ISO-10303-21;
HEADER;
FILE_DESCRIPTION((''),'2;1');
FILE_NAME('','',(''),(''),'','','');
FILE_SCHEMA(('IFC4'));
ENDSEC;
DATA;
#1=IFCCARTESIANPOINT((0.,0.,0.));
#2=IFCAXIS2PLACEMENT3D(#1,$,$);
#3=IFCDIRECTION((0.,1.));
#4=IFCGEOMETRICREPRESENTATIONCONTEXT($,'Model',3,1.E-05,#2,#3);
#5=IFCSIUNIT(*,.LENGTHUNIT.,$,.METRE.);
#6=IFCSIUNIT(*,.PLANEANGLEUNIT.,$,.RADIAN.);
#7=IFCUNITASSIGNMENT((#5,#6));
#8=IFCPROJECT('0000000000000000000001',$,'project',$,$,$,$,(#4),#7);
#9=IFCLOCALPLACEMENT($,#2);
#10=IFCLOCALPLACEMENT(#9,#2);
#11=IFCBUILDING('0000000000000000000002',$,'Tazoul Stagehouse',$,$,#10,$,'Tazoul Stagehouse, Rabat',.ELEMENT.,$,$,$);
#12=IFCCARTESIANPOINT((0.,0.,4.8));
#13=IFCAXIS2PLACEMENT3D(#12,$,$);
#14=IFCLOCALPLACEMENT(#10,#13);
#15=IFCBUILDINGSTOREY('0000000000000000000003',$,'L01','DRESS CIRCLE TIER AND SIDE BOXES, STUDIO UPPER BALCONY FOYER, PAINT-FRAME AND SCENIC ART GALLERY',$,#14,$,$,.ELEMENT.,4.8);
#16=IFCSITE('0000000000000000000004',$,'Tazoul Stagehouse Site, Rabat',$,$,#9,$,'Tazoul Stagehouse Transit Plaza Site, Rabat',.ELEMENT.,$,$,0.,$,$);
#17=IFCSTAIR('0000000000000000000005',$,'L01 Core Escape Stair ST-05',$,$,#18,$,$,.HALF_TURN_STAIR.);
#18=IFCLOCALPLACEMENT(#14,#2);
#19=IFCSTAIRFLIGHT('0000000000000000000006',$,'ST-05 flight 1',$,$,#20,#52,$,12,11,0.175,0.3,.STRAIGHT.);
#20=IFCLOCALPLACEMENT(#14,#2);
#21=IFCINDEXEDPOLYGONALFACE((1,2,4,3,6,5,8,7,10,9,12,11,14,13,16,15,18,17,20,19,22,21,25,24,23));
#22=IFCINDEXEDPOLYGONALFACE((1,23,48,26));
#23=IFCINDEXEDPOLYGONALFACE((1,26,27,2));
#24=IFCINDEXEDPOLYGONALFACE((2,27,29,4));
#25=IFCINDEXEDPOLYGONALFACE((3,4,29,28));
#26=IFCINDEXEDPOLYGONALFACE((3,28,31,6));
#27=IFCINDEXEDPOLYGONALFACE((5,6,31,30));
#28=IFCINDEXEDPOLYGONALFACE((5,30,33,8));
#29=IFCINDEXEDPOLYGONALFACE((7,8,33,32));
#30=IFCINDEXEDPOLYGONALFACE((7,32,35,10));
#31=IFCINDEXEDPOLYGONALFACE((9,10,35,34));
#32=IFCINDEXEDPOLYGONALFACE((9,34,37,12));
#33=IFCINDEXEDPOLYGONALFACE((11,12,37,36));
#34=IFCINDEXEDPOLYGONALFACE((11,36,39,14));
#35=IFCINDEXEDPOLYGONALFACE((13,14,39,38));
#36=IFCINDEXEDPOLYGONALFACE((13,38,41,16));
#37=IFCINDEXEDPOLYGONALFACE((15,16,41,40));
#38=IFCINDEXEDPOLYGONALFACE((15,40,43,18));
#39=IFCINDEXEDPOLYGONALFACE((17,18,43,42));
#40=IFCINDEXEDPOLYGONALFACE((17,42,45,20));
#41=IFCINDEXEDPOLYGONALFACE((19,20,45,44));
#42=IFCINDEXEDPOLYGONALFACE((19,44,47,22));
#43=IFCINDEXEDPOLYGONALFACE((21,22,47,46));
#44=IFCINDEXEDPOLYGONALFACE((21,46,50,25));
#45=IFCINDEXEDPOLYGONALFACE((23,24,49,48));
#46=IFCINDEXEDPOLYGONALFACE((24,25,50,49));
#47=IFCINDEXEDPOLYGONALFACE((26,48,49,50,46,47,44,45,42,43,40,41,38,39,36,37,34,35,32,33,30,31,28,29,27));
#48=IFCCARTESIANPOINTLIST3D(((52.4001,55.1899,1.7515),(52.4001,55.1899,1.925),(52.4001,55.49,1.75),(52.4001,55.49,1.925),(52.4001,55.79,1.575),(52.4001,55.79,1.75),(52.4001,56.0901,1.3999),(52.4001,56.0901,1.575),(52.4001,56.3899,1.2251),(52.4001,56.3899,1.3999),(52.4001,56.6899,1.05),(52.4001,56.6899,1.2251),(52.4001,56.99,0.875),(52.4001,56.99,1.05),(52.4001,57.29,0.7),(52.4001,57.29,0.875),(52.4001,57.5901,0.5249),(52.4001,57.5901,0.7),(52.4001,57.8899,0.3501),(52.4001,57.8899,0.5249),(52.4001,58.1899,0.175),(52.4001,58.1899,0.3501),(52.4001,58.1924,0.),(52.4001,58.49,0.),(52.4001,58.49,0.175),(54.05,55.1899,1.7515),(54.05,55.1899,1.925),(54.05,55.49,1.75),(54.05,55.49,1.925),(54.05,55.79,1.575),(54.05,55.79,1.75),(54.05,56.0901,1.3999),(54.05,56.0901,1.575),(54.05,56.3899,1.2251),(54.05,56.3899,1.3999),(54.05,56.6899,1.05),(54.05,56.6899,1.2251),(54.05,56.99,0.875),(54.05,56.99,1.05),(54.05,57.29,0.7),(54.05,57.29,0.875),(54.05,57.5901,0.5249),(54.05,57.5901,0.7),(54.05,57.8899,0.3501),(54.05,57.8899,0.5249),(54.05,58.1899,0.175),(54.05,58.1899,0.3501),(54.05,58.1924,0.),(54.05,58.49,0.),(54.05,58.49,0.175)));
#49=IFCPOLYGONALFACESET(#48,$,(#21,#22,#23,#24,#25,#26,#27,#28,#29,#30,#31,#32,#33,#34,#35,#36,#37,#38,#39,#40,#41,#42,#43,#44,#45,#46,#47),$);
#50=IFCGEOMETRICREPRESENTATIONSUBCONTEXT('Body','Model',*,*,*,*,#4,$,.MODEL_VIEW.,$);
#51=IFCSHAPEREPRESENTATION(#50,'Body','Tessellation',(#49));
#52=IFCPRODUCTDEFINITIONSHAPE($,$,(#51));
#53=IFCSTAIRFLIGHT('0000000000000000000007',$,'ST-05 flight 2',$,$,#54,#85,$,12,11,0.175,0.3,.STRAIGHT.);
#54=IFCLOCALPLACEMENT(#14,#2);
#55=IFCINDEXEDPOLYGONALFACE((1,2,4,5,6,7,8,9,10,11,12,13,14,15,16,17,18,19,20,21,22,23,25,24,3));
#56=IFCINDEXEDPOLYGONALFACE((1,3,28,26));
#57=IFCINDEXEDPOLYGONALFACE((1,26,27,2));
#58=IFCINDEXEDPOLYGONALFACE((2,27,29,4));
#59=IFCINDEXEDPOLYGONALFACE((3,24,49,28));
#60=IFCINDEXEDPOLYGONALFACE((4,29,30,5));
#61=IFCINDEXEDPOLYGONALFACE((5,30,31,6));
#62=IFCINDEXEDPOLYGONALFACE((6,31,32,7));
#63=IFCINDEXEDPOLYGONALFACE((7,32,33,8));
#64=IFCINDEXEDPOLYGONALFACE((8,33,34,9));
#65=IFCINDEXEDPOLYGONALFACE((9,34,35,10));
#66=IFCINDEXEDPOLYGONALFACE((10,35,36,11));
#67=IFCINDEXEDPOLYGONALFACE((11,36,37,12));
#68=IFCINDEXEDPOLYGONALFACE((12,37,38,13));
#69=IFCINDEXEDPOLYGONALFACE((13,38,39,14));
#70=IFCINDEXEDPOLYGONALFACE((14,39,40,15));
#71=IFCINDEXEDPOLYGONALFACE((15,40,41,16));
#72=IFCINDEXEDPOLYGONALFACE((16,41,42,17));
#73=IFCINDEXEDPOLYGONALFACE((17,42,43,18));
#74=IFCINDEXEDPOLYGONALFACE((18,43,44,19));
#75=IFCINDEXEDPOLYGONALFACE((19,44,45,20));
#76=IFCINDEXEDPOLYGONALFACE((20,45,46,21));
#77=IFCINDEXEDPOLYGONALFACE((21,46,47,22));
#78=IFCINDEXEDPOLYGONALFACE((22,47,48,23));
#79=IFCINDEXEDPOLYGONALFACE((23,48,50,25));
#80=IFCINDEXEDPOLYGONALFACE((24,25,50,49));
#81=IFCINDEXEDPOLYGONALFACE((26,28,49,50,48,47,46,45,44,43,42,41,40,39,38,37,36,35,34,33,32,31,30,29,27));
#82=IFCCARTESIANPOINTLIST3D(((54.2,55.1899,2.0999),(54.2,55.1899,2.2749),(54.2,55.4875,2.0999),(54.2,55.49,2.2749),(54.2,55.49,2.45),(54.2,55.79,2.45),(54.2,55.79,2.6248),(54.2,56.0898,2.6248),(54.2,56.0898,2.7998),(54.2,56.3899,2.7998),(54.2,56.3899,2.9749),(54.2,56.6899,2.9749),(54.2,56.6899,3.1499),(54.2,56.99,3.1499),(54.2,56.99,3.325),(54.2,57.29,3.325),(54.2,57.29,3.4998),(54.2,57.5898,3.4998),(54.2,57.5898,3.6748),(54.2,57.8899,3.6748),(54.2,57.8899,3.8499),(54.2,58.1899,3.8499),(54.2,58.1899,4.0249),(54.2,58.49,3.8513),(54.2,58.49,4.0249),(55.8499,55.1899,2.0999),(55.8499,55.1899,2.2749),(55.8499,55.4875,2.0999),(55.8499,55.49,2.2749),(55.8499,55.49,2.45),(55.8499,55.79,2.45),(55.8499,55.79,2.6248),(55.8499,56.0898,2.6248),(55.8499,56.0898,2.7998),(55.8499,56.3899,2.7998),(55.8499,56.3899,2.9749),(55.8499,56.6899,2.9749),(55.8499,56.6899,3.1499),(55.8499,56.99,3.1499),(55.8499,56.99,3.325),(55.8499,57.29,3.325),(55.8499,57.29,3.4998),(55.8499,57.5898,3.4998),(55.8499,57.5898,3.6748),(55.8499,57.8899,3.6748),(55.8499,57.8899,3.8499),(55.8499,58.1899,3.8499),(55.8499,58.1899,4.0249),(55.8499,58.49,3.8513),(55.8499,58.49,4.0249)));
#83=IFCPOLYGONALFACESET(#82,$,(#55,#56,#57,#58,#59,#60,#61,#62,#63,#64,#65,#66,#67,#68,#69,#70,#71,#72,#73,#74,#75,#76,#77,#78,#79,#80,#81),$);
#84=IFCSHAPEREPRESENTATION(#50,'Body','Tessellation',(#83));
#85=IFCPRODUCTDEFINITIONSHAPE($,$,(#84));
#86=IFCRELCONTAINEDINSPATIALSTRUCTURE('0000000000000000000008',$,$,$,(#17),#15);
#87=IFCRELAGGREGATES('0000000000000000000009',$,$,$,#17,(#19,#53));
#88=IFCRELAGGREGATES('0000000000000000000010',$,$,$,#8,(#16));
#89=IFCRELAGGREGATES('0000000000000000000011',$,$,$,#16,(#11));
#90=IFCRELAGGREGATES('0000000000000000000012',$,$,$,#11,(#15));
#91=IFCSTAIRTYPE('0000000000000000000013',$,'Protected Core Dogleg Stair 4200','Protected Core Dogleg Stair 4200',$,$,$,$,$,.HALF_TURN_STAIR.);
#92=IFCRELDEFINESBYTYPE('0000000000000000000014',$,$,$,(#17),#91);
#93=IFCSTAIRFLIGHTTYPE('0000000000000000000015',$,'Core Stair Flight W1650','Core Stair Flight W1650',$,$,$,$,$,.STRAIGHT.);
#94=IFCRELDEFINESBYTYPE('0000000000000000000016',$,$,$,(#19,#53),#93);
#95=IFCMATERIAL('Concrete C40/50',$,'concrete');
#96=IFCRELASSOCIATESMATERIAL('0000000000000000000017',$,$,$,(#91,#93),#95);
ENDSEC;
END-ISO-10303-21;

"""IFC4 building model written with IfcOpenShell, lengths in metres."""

from ifc_helpers import new_model, si_unit, direction, frame, origin, place, context, subcontext, project, spatial, polyline, outline, extrude, material, type_object, element, aggregate, save


model = new_model("IFC4")

# Units and contexts
model_context = context("Model", 3, precision=1e-05, world=origin(), true_north=direction((0.0, 1.0)))
body_context = subcontext(model_context, "Body", "Model", "MODEL_VIEW")
ifc_project = project(units=[si_unit("LENGTHUNIT", "METRE"), si_unit("PLANEANGLEUNIT", "RADIAN")], contexts=[model_context])

# Site, building, storey
site_placement = place(None, origin())
site = spatial("IfcSite", under=ifc_project, at=site_placement, Name="Tazoul Stagehouse Site, Rabat", LongName="Tazoul Stagehouse Transit Plaza Site, Rabat", CompositionType="ELEMENT", RefElevation=0.0)
building_placement = place(site_placement, origin())
building = spatial("IfcBuilding", under=site, at=building_placement, Name="Tazoul Stagehouse", LongName="Tazoul Stagehouse, Rabat", CompositionType="ELEMENT")
storey_placement = place(building_placement, frame((0.0, 0.0, 4.8)))
storey = spatial("IfcBuildingStorey", under=building, at=storey_placement, Name="L01", Description="DRESS CIRCLE TIER AND SIDE BOXES, STUDIO UPPER BALCONY FOYER, PAINT-FRAME AND SCENIC ART GALLERY", CompositionType="ELEMENT", Elevation=4.8)

# Shared definitions
ifc_material_1 = material(Name="Concrete C40/50", Category="concrete")

# Stair, stair flights
stair_type = type_object("IfcStairType", Name="Protected Core Dogleg Stair 4200", Description="Protected Core Dogleg Stair 4200", PredefinedType="HALF_TURN_STAIR", material=ifc_material_1)
stair_placement = place(storey_placement, origin())
stair = element("IfcStair", 1, at=stair_placement, inside=storey, type_object=stair_type, Name="L01 Core Escape Stair ST-05", PredefinedType="HALF_TURN_STAIR")
stair_flight_type = type_object("IfcStairFlightType", Name="Core Stair Flight W1650", Description="Core Stair Flight W1650", PredefinedType="STRAIGHT", material=ifc_material_1)
stair_flight_1_placement = place(storey_placement, frame((53.2251, 58.49, 0.0), z_axis=(0.0, 0.0, 1.0), x_axis=(0.0, -1.0, 0.0)))
stair_flight_1 = element("IfcStairFlight", 2, at=stair_flight_1_placement, type_object=stair_flight_type, Name="ST-05 flight 1", NumberOfRisers=12, NumberOfTreads=11, PredefinedType="STRAIGHT", RiserHeight=0.175, TreadLength=0.3, context=body_context, shape_type="SweptSolid", body=[
    extrude(outline(polyline([(0.0, 0.0), (0.0, 0.175), (0.3, 0.175), (0.3, 0.3501), (0.6001, 0.3501), (0.6001, 0.5249), (0.8999, 0.5249), (0.8999, 0.7), (1.2, 0.7), (1.2, 0.875), (1.5, 0.875), (1.5, 1.05), (1.8, 1.05), (1.8, 1.2251), (2.1001, 1.2251), (2.1001, 1.3999), (2.3999, 1.3999), (2.3999, 1.575), (2.7, 1.575), (2.7, 1.75), (3.0, 1.75), (3.0, 1.925), (3.3, 1.925), (3.3, 2.1001), (3.3, 1.7515), (0.2976, 0.0), (0.0, 0.0)])), frame((0.0, 0.825, 0.0), z_axis=(0.0, -1.0, 0.0), x_axis=(1.0, 0.0, 0.0)), (0.0, 0.0, 1.0), 1.6499),
])
stair_flight_2_placement = place(storey_placement, frame((55.0249, 55.1899, 2.0999), z_axis=(0.0, 0.0, 1.0), x_axis=(0.0, 1.0, 0.0)))
stair_flight_2 = element("IfcStairFlight", 3, at=stair_flight_2_placement, type_object=stair_flight_type, Name="ST-05 flight 2", NumberOfRisers=12, NumberOfTreads=11, PredefinedType="STRAIGHT", RiserHeight=0.175, TreadLength=0.3, context=body_context, shape_type="SweptSolid", body=[
    extrude(outline(polyline([(0.0, 0.0), (0.0, 0.175), (0.3, 0.175), (0.3, 0.3501), (0.6001, 0.3501), (0.6001, 0.5249), (0.8999, 0.5249), (0.8999, 0.7), (1.2, 0.7), (1.2, 0.875), (1.5, 0.875), (1.5, 1.05), (1.8, 1.05), (1.8, 1.2251), (2.1001, 1.2251), (2.1001, 1.3999), (2.3999, 1.3999), (2.3999, 1.575), (2.7, 1.575), (2.7, 1.75), (3.0, 1.75), (3.0, 1.925), (3.3, 1.925), (3.3, 2.1001), (3.3, 1.7515), (0.2976, 0.0), (0.0, 0.0)])), frame((0.0, 0.825, 0.0), z_axis=(0.0, -1.0, 0.0), x_axis=(1.0, 0.0, 0.0)), (0.0, 0.0, 1.0), 1.6499),
])
aggregate(stair, [stair_flight_1, stair_flight_2])

save(model, "model.ifc")
